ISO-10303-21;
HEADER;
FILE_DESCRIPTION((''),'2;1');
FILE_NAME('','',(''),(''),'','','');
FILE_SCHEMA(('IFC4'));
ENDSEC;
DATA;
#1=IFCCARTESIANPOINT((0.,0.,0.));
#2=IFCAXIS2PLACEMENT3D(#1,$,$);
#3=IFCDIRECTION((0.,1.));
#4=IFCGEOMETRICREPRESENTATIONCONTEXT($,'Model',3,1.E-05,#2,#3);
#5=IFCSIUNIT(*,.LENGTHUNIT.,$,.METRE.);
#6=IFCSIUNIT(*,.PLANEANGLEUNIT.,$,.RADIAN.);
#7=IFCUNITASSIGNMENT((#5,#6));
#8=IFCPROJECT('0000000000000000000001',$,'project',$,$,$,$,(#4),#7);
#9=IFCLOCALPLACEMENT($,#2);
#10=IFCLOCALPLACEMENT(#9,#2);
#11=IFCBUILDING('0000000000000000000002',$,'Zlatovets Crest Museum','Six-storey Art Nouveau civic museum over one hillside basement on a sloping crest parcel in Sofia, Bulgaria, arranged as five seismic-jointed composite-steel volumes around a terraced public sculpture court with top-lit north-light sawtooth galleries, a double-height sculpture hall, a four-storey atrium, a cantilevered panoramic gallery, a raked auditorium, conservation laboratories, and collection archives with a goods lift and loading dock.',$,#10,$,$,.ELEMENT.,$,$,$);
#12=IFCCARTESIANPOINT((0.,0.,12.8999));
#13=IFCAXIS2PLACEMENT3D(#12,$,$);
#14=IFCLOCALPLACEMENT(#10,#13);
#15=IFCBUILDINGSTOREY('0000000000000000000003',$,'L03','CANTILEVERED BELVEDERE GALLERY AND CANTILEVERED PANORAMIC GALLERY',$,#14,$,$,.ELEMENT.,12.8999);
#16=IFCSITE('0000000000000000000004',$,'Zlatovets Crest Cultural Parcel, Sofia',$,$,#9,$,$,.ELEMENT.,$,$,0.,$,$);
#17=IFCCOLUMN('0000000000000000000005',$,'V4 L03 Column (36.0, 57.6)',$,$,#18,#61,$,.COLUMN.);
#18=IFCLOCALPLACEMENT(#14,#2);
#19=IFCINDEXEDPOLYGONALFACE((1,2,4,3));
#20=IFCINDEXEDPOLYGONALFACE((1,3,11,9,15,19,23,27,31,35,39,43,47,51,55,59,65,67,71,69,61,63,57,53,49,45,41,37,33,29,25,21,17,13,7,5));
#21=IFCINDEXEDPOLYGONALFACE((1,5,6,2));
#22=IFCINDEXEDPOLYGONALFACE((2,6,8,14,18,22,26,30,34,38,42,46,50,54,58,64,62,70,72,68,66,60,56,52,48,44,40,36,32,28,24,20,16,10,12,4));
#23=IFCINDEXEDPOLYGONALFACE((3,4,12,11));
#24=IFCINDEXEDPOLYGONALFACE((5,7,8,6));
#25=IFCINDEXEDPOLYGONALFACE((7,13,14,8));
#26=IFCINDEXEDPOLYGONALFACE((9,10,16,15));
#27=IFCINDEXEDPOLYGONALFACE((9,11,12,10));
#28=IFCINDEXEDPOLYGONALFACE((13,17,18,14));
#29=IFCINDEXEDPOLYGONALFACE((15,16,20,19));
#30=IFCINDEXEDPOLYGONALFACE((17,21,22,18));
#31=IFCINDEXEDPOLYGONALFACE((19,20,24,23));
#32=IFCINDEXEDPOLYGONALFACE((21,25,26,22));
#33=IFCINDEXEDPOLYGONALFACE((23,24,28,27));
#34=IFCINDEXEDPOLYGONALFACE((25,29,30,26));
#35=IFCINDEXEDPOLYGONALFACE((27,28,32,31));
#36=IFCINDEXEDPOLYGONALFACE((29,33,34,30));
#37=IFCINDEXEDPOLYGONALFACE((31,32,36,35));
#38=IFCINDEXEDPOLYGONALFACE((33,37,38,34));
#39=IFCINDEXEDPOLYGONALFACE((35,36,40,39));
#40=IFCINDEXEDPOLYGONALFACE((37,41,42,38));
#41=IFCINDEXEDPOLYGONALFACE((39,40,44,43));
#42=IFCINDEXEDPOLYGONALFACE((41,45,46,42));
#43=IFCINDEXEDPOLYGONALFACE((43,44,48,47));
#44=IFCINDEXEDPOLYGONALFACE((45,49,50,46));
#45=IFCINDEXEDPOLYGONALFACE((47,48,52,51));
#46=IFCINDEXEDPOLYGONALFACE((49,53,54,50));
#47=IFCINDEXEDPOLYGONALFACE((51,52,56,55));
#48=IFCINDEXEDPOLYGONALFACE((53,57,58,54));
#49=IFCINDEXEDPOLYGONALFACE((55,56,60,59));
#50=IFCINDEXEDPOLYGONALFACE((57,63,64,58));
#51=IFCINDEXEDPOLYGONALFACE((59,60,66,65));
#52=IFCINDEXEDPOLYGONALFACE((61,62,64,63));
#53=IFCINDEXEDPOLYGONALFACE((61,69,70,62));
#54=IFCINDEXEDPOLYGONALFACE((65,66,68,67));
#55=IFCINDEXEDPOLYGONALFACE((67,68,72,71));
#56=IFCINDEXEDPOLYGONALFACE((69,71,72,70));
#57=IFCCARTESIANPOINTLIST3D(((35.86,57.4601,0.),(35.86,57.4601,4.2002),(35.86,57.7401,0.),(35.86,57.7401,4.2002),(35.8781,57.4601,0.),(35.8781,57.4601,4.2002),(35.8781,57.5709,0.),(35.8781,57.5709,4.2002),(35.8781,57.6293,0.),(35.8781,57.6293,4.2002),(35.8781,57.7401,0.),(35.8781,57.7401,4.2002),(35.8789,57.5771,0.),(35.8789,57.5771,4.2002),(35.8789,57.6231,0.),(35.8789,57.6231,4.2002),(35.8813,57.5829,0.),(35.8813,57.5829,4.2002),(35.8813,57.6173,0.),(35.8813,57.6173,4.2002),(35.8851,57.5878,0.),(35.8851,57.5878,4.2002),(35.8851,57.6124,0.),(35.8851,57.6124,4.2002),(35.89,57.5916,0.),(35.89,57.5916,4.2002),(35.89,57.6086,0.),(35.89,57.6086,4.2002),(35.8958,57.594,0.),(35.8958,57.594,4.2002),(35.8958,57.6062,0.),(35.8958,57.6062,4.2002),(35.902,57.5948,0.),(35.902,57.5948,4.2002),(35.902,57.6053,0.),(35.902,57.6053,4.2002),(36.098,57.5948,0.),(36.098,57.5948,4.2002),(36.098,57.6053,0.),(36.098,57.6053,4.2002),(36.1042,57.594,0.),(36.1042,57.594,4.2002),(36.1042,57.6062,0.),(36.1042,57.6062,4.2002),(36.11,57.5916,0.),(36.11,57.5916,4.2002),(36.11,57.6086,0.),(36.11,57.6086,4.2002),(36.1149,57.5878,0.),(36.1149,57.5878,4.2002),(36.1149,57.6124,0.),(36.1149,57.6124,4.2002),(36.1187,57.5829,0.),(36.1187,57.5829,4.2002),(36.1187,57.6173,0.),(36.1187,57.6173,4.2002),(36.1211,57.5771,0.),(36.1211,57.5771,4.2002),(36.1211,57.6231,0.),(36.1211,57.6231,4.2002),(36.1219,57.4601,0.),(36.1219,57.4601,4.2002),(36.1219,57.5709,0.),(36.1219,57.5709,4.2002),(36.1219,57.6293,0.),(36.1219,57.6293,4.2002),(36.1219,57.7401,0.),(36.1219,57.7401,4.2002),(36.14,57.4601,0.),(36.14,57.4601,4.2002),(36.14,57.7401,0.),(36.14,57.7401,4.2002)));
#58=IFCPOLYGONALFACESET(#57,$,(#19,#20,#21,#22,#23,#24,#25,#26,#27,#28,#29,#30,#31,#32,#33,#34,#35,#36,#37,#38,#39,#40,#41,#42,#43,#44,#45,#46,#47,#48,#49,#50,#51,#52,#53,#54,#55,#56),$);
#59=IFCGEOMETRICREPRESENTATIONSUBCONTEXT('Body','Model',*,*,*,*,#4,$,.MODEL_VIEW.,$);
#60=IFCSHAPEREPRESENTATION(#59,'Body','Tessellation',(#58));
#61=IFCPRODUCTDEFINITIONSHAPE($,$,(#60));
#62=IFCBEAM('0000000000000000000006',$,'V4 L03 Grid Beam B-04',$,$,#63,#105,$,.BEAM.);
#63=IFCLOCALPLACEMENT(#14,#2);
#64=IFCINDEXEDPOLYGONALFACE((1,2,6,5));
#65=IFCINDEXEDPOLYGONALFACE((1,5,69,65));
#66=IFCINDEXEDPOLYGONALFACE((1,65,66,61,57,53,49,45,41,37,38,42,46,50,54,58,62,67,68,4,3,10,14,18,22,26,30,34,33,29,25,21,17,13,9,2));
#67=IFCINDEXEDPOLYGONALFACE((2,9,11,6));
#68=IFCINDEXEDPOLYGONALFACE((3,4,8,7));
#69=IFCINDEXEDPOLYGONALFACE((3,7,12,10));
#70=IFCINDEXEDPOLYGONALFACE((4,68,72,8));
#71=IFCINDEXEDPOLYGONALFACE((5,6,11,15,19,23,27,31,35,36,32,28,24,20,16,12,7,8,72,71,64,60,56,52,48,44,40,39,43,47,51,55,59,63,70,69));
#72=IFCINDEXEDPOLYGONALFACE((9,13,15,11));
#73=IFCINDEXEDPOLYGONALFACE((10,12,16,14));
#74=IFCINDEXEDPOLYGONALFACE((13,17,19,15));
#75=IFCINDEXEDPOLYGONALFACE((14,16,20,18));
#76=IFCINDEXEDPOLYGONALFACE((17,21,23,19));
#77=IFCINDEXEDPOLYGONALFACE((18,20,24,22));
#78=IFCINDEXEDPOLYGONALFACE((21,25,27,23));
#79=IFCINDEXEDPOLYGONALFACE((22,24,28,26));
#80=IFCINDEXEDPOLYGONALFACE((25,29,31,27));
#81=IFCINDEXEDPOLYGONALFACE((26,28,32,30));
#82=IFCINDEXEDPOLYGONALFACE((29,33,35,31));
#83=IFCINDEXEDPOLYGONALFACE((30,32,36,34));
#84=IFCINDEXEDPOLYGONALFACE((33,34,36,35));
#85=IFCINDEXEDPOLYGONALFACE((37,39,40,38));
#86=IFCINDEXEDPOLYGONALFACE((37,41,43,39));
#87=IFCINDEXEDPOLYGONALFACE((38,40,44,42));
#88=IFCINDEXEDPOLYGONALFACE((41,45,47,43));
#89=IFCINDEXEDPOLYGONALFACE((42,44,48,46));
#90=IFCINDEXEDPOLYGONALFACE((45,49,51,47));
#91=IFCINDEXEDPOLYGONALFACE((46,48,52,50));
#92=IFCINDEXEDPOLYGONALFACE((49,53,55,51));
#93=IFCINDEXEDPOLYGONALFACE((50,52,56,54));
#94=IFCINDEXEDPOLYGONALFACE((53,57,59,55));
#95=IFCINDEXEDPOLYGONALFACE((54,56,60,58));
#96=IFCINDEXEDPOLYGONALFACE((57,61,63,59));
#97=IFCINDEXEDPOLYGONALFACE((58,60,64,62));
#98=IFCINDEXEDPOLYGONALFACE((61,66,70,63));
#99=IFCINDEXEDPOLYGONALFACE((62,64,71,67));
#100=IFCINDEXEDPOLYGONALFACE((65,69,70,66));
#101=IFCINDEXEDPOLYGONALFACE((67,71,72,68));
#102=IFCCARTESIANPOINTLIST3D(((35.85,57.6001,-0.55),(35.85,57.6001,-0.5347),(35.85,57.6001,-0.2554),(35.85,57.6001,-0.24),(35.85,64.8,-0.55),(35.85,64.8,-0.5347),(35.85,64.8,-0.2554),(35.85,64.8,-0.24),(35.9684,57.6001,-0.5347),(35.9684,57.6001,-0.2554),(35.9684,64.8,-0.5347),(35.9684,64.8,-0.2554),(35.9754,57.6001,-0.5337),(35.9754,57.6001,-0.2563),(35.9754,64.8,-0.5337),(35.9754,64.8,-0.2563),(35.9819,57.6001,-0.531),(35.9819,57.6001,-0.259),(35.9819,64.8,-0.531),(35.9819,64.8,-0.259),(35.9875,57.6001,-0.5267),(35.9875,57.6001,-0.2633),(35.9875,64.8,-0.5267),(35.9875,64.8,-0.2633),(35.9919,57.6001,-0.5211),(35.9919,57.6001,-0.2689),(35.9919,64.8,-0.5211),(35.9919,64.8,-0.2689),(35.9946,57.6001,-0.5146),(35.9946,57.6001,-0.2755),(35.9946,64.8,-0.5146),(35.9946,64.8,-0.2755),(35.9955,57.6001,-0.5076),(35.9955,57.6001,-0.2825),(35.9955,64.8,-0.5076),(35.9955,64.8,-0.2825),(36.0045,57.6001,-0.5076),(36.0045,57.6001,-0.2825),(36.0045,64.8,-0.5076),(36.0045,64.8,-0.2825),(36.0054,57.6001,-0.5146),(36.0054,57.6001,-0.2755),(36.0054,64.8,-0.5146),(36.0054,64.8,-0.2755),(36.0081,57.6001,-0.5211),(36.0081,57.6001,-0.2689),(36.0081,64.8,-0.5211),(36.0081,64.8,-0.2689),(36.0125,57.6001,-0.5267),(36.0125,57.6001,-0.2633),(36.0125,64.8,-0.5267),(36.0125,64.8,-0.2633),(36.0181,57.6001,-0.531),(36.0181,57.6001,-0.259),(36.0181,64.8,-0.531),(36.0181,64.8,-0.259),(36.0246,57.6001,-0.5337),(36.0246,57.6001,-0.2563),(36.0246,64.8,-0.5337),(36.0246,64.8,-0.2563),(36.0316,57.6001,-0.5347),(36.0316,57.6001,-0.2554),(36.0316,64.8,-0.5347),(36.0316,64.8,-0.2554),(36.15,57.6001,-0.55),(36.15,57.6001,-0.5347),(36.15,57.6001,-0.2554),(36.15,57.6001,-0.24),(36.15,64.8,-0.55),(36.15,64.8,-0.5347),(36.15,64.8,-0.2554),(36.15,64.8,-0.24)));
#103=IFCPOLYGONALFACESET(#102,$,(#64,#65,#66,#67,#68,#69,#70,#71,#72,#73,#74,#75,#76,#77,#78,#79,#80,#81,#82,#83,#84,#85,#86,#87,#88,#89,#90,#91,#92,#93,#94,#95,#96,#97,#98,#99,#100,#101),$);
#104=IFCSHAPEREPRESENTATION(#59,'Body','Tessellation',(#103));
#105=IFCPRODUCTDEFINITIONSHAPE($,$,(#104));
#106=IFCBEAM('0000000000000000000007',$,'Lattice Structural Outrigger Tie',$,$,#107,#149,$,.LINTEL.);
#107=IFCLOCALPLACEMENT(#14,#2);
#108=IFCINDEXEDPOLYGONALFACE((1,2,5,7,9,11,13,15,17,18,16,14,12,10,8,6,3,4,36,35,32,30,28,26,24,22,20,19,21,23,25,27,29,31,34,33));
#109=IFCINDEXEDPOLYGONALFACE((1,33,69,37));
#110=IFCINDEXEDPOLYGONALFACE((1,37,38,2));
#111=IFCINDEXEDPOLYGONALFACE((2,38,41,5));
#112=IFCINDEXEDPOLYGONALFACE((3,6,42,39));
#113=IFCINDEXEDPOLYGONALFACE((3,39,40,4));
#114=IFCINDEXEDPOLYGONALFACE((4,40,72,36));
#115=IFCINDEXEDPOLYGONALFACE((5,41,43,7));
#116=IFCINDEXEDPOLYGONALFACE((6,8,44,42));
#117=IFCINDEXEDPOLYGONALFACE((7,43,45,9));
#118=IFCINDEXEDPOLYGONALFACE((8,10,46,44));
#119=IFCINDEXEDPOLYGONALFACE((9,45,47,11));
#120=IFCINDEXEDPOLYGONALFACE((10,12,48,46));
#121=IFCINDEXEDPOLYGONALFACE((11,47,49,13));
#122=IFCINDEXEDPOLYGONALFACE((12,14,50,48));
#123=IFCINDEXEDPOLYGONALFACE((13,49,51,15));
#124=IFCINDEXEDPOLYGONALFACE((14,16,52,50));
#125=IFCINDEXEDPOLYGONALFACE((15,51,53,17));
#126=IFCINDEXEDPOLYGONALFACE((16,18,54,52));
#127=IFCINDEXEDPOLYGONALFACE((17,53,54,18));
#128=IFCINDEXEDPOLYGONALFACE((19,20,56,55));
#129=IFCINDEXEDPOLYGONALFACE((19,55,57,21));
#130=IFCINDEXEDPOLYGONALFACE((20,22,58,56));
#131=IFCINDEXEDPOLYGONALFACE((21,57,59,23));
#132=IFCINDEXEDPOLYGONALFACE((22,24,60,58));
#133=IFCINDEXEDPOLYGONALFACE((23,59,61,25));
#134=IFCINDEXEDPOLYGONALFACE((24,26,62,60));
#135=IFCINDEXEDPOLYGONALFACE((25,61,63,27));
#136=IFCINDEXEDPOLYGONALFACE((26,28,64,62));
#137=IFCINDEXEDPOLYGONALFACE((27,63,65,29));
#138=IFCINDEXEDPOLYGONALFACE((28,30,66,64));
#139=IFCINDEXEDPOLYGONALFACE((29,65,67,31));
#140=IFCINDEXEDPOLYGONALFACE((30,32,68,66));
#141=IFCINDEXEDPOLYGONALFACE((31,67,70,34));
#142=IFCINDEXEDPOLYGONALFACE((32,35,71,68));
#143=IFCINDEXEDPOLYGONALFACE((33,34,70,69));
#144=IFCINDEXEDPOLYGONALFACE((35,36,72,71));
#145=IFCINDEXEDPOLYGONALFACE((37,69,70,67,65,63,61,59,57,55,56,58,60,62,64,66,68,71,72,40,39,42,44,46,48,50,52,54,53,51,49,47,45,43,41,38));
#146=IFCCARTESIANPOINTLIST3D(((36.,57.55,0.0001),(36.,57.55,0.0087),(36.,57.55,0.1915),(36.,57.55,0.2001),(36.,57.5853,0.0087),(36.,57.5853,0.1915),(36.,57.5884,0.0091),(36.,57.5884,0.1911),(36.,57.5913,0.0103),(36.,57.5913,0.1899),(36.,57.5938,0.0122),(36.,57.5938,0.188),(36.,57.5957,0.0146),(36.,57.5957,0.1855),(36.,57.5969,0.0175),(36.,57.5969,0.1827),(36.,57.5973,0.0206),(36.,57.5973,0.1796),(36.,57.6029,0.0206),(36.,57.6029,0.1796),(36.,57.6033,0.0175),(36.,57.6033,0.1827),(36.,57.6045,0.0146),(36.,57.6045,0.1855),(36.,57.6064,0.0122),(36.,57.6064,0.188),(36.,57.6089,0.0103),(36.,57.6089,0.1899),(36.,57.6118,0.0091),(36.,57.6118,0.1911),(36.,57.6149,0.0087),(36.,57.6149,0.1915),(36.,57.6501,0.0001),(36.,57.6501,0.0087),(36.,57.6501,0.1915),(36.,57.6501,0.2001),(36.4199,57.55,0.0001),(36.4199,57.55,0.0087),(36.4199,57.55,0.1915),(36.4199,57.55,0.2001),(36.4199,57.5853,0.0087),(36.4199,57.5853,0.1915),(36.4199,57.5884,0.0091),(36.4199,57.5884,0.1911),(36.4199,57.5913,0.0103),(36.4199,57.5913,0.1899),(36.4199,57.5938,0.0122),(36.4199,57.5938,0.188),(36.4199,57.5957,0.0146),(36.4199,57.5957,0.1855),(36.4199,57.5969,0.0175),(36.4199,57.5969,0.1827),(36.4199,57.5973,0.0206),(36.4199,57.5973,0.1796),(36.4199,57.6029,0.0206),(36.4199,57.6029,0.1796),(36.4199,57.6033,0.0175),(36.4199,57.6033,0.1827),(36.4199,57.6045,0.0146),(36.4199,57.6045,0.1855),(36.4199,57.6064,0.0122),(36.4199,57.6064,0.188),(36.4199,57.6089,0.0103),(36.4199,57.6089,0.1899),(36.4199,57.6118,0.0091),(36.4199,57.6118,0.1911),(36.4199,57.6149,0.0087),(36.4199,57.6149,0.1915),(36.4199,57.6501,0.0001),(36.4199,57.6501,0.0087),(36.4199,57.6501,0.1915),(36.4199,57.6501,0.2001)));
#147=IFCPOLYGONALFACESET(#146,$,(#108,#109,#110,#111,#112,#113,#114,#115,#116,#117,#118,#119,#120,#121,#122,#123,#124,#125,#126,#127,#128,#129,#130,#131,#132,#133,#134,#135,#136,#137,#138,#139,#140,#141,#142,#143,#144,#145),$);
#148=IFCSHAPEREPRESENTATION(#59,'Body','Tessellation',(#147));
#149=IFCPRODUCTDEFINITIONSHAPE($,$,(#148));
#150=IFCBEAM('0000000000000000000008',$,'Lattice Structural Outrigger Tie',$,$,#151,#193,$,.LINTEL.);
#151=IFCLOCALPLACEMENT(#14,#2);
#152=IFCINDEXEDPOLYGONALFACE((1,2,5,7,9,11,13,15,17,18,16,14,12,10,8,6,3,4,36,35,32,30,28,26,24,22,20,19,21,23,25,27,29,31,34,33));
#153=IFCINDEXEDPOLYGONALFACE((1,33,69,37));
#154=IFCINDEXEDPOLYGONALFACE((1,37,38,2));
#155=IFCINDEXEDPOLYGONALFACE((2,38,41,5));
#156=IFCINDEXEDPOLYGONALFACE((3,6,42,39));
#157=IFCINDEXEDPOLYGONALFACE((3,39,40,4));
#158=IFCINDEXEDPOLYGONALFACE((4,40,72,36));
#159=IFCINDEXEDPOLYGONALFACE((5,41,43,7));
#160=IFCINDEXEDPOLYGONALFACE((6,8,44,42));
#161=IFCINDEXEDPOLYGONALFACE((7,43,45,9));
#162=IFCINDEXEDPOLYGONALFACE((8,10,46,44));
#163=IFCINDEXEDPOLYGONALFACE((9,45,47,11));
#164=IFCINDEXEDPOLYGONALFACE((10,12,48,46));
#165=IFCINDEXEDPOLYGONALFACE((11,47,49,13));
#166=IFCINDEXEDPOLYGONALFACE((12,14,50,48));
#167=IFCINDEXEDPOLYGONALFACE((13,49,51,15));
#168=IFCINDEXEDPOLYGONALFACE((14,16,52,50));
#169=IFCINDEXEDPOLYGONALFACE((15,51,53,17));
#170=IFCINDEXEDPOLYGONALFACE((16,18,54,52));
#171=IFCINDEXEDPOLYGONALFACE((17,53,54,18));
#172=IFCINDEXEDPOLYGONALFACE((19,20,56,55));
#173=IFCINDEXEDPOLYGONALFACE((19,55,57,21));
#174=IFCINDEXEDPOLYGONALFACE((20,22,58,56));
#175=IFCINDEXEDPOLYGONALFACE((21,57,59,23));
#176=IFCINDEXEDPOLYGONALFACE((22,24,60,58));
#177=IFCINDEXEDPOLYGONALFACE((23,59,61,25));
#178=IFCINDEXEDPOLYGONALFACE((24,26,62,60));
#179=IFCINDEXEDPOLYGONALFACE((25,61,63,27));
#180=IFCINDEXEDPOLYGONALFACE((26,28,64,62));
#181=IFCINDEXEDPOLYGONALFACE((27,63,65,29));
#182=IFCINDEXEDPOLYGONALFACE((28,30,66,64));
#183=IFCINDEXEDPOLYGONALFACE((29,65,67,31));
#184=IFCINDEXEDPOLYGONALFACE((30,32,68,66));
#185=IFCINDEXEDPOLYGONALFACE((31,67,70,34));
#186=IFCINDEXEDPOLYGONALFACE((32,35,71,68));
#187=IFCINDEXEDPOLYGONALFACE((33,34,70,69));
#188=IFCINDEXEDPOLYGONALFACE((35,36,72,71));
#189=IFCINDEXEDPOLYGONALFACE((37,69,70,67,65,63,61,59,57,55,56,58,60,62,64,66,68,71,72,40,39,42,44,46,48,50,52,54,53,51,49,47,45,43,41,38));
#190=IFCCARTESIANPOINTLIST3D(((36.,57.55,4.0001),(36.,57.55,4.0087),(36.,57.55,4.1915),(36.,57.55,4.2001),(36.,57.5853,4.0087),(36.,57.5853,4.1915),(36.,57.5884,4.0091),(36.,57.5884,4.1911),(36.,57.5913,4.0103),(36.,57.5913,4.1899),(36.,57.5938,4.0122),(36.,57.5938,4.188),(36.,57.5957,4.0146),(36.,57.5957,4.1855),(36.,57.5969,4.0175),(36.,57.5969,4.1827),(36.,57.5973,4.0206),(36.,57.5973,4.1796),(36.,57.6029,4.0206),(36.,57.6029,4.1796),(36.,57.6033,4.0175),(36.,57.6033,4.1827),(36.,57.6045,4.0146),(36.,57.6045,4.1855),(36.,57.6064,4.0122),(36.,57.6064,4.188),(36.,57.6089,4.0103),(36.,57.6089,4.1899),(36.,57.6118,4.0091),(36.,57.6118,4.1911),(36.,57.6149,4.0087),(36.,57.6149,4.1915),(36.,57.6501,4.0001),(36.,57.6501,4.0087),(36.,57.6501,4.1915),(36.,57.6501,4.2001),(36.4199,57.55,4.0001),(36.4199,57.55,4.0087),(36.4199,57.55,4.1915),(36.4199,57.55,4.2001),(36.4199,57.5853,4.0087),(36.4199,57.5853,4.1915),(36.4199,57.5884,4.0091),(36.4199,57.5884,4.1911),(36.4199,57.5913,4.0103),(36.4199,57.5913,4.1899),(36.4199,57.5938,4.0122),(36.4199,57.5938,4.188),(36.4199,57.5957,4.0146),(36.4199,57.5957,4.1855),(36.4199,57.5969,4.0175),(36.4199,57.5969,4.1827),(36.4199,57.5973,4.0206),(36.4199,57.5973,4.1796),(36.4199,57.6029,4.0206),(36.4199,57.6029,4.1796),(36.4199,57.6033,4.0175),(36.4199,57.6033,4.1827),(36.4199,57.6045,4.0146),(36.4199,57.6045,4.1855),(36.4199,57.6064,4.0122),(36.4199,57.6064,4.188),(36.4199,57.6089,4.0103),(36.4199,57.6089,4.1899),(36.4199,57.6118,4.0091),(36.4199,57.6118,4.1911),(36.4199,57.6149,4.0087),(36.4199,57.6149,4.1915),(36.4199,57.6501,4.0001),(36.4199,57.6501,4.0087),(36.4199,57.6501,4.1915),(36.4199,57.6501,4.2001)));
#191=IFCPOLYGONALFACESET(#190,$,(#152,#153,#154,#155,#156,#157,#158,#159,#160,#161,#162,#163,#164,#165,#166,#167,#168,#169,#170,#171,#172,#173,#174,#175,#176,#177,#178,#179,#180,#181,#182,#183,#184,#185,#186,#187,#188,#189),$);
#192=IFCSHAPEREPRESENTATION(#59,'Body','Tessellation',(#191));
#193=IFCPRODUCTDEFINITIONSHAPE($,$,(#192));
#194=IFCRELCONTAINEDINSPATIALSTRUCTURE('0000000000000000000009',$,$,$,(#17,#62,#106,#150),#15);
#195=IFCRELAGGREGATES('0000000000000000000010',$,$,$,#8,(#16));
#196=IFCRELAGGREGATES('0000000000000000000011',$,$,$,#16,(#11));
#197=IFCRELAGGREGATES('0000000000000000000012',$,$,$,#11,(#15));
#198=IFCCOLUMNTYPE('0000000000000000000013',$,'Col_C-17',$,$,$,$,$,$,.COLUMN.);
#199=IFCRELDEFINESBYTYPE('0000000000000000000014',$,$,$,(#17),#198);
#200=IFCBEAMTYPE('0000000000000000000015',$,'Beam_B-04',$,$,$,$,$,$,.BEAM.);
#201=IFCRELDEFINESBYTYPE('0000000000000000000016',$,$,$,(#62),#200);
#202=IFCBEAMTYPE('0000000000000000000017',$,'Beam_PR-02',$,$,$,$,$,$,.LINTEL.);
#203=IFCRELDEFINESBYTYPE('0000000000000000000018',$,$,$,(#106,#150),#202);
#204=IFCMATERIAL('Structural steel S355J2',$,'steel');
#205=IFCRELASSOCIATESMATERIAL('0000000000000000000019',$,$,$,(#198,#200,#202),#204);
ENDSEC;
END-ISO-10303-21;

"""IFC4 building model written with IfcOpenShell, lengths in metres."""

from ifc_helpers import new_model, si_unit, direction, frame, origin, origin_2d, place, context, subcontext, project, spatial, i_section, extrude, material, material_profile, profile_set, type_object, element, save


model = new_model("IFC4")

# Units and contexts
model_context = context("Model", 3, precision=1e-05, world=origin(), true_north=direction((0.0, 1.0)))
body_context = subcontext(model_context, "Body", "Model", "MODEL_VIEW")
ifc_project = project(units=[si_unit("LENGTHUNIT", "METRE"), si_unit("PLANEANGLEUNIT", "RADIAN")], contexts=[model_context])

# Site, building, storey
site_placement = place(None, origin())
site = spatial("IfcSite", under=ifc_project, at=site_placement, Name="Zlatovets Crest Cultural Parcel, Sofia", CompositionType="ELEMENT", RefElevation=0.0)
building_placement = place(site_placement, origin())
building = spatial("IfcBuilding", under=site, at=building_placement, Name="Zlatovets Crest Museum", Description="Six-storey Art Nouveau civic museum over one hillside basement on a sloping crest parcel in Sofia, Bulgaria, arranged as five seismic-jointed composite-steel volumes around a terraced public sculpture court with top-lit north-light sawtooth galleries, a double-height sculpture hall, a four-storey atrium, a cantilevered panoramic gallery, a raked auditorium, conservation laboratories, and collection archives with a goods lift and loading dock.", CompositionType="ELEMENT")
storey_placement = place(building_placement, frame((0.0, 0.0, 12.8999)))
storey = spatial("IfcBuildingStorey", under=building, at=storey_placement, Name="L03", Description="CANTILEVERED BELVEDERE GALLERY AND CANTILEVERED PANORAMIC GALLERY", CompositionType="ELEMENT", Elevation=12.8999)

# Column
ifc_material_1 = material(Name="Structural steel S355J2", Category="steel")
ifc_material_profile_1 = material_profile(ifc_material_1, i_section(OverallWidth=0.28, OverallDepth=0.28, WebThickness=0.0105, FlangeThickness=0.0181, FilletRadius=0.0239, at=origin_2d()), Name="HEB 280")
ifc_profile_set_1 = profile_set([ifc_material_profile_1], Name="Structural steel S355J2")
column_type = type_object("IfcColumnType", Name="Col_C-17", PredefinedType="COLUMN", material=ifc_profile_set_1)
column_placement = place(storey_placement, frame((36.0, 57.6001, 0.0), z_axis=(0.0, 0.0, 1.0), x_axis=(0.0, 1.0, 0.0)))
element("IfcColumn", 1, at=column_placement, inside=storey, type_object=column_type, Name="V4 L03 Column (36.0, 57.6)", PredefinedType="COLUMN", context=body_context, shape_type="SweptSolid", body=[
    extrude(i_section(OverallWidth=0.28, OverallDepth=0.28, WebThickness=0.0105, FlangeThickness=0.0181, FilletRadius=0.0239, at=origin_2d()), origin(), (0.0, 0.0, 1.0), 4.2002),
])

# Beams
ifc_material_profile_2 = material_profile(ifc_material_1, i_section(OverallWidth=0.3, OverallDepth=0.3101, WebThickness=0.009, FlangeThickness=0.0154, FilletRadius=0.0271, at=origin_2d()), Name="HEA 320")
ifc_profile_set_2 = profile_set([ifc_material_profile_2], Name="Structural steel S355J2")
beam_type_1 = type_object("IfcBeamType", Name="Beam_B-04", PredefinedType="BEAM", material=ifc_profile_set_2)
beam_placement = place(storey_placement, frame((36.0, 57.6001, -0.395), z_axis=(0.0, 1.0, 0.0), x_axis=(-1.0, 0.0, 0.0)))
element("IfcBeam", 2, at=beam_placement, inside=storey, type_object=beam_type_1, Name="V4 L03 Grid Beam B-04", PredefinedType="BEAM", context=body_context, shape_type="SweptSolid", body=[
    extrude(i_section(OverallWidth=0.3, OverallDepth=0.3101, WebThickness=0.009, FlangeThickness=0.0154, FilletRadius=0.0271, at=origin_2d()), origin(), (0.0, 0.0, 1.0), 7.2),
])
ifc_material_profile_3 = material_profile(ifc_material_1, i_section(OverallWidth=0.1001, OverallDepth=0.2, WebThickness=0.0056, FlangeThickness=0.0085, FilletRadius=0.012, at=origin_2d()), Name="IPE 200")
ifc_profile_set_3 = profile_set([ifc_material_profile_3], Name="Structural steel S355J2")
beam_type_2 = type_object("IfcBeamType", Name="Beam_PR-02", PredefinedType="LINTEL", material=ifc_profile_set_3)
for number, where, z_axis, x_axis, name in (
    (3, (36.0, 57.6001, 0.1001), (1.0, 0.0, 0.0), (0.0, 1.0, 0.0), "Lattice Structural Outrigger Tie"),
    (4, (36.0, 57.6001, 4.1001), (1.0, 0.0, 0.0), (0.0, 1.0, 0.0), "Lattice Structural Outrigger Tie"),
):
    element("IfcBeam", number, at=place(storey_placement, frame(where, z_axis=z_axis, x_axis=x_axis)), inside=storey, type_object=beam_type_2, Name=name, PredefinedType="LINTEL", context=body_context, shape_type="SweptSolid", body=[
        extrude(i_section(OverallWidth=0.1001, OverallDepth=0.2, WebThickness=0.0056, FlangeThickness=0.0085, FilletRadius=0.012, at=origin_2d()), origin(), (0.0, 0.0, 1.0), 0.4199),
    ])

save(model, "model.ifc")
